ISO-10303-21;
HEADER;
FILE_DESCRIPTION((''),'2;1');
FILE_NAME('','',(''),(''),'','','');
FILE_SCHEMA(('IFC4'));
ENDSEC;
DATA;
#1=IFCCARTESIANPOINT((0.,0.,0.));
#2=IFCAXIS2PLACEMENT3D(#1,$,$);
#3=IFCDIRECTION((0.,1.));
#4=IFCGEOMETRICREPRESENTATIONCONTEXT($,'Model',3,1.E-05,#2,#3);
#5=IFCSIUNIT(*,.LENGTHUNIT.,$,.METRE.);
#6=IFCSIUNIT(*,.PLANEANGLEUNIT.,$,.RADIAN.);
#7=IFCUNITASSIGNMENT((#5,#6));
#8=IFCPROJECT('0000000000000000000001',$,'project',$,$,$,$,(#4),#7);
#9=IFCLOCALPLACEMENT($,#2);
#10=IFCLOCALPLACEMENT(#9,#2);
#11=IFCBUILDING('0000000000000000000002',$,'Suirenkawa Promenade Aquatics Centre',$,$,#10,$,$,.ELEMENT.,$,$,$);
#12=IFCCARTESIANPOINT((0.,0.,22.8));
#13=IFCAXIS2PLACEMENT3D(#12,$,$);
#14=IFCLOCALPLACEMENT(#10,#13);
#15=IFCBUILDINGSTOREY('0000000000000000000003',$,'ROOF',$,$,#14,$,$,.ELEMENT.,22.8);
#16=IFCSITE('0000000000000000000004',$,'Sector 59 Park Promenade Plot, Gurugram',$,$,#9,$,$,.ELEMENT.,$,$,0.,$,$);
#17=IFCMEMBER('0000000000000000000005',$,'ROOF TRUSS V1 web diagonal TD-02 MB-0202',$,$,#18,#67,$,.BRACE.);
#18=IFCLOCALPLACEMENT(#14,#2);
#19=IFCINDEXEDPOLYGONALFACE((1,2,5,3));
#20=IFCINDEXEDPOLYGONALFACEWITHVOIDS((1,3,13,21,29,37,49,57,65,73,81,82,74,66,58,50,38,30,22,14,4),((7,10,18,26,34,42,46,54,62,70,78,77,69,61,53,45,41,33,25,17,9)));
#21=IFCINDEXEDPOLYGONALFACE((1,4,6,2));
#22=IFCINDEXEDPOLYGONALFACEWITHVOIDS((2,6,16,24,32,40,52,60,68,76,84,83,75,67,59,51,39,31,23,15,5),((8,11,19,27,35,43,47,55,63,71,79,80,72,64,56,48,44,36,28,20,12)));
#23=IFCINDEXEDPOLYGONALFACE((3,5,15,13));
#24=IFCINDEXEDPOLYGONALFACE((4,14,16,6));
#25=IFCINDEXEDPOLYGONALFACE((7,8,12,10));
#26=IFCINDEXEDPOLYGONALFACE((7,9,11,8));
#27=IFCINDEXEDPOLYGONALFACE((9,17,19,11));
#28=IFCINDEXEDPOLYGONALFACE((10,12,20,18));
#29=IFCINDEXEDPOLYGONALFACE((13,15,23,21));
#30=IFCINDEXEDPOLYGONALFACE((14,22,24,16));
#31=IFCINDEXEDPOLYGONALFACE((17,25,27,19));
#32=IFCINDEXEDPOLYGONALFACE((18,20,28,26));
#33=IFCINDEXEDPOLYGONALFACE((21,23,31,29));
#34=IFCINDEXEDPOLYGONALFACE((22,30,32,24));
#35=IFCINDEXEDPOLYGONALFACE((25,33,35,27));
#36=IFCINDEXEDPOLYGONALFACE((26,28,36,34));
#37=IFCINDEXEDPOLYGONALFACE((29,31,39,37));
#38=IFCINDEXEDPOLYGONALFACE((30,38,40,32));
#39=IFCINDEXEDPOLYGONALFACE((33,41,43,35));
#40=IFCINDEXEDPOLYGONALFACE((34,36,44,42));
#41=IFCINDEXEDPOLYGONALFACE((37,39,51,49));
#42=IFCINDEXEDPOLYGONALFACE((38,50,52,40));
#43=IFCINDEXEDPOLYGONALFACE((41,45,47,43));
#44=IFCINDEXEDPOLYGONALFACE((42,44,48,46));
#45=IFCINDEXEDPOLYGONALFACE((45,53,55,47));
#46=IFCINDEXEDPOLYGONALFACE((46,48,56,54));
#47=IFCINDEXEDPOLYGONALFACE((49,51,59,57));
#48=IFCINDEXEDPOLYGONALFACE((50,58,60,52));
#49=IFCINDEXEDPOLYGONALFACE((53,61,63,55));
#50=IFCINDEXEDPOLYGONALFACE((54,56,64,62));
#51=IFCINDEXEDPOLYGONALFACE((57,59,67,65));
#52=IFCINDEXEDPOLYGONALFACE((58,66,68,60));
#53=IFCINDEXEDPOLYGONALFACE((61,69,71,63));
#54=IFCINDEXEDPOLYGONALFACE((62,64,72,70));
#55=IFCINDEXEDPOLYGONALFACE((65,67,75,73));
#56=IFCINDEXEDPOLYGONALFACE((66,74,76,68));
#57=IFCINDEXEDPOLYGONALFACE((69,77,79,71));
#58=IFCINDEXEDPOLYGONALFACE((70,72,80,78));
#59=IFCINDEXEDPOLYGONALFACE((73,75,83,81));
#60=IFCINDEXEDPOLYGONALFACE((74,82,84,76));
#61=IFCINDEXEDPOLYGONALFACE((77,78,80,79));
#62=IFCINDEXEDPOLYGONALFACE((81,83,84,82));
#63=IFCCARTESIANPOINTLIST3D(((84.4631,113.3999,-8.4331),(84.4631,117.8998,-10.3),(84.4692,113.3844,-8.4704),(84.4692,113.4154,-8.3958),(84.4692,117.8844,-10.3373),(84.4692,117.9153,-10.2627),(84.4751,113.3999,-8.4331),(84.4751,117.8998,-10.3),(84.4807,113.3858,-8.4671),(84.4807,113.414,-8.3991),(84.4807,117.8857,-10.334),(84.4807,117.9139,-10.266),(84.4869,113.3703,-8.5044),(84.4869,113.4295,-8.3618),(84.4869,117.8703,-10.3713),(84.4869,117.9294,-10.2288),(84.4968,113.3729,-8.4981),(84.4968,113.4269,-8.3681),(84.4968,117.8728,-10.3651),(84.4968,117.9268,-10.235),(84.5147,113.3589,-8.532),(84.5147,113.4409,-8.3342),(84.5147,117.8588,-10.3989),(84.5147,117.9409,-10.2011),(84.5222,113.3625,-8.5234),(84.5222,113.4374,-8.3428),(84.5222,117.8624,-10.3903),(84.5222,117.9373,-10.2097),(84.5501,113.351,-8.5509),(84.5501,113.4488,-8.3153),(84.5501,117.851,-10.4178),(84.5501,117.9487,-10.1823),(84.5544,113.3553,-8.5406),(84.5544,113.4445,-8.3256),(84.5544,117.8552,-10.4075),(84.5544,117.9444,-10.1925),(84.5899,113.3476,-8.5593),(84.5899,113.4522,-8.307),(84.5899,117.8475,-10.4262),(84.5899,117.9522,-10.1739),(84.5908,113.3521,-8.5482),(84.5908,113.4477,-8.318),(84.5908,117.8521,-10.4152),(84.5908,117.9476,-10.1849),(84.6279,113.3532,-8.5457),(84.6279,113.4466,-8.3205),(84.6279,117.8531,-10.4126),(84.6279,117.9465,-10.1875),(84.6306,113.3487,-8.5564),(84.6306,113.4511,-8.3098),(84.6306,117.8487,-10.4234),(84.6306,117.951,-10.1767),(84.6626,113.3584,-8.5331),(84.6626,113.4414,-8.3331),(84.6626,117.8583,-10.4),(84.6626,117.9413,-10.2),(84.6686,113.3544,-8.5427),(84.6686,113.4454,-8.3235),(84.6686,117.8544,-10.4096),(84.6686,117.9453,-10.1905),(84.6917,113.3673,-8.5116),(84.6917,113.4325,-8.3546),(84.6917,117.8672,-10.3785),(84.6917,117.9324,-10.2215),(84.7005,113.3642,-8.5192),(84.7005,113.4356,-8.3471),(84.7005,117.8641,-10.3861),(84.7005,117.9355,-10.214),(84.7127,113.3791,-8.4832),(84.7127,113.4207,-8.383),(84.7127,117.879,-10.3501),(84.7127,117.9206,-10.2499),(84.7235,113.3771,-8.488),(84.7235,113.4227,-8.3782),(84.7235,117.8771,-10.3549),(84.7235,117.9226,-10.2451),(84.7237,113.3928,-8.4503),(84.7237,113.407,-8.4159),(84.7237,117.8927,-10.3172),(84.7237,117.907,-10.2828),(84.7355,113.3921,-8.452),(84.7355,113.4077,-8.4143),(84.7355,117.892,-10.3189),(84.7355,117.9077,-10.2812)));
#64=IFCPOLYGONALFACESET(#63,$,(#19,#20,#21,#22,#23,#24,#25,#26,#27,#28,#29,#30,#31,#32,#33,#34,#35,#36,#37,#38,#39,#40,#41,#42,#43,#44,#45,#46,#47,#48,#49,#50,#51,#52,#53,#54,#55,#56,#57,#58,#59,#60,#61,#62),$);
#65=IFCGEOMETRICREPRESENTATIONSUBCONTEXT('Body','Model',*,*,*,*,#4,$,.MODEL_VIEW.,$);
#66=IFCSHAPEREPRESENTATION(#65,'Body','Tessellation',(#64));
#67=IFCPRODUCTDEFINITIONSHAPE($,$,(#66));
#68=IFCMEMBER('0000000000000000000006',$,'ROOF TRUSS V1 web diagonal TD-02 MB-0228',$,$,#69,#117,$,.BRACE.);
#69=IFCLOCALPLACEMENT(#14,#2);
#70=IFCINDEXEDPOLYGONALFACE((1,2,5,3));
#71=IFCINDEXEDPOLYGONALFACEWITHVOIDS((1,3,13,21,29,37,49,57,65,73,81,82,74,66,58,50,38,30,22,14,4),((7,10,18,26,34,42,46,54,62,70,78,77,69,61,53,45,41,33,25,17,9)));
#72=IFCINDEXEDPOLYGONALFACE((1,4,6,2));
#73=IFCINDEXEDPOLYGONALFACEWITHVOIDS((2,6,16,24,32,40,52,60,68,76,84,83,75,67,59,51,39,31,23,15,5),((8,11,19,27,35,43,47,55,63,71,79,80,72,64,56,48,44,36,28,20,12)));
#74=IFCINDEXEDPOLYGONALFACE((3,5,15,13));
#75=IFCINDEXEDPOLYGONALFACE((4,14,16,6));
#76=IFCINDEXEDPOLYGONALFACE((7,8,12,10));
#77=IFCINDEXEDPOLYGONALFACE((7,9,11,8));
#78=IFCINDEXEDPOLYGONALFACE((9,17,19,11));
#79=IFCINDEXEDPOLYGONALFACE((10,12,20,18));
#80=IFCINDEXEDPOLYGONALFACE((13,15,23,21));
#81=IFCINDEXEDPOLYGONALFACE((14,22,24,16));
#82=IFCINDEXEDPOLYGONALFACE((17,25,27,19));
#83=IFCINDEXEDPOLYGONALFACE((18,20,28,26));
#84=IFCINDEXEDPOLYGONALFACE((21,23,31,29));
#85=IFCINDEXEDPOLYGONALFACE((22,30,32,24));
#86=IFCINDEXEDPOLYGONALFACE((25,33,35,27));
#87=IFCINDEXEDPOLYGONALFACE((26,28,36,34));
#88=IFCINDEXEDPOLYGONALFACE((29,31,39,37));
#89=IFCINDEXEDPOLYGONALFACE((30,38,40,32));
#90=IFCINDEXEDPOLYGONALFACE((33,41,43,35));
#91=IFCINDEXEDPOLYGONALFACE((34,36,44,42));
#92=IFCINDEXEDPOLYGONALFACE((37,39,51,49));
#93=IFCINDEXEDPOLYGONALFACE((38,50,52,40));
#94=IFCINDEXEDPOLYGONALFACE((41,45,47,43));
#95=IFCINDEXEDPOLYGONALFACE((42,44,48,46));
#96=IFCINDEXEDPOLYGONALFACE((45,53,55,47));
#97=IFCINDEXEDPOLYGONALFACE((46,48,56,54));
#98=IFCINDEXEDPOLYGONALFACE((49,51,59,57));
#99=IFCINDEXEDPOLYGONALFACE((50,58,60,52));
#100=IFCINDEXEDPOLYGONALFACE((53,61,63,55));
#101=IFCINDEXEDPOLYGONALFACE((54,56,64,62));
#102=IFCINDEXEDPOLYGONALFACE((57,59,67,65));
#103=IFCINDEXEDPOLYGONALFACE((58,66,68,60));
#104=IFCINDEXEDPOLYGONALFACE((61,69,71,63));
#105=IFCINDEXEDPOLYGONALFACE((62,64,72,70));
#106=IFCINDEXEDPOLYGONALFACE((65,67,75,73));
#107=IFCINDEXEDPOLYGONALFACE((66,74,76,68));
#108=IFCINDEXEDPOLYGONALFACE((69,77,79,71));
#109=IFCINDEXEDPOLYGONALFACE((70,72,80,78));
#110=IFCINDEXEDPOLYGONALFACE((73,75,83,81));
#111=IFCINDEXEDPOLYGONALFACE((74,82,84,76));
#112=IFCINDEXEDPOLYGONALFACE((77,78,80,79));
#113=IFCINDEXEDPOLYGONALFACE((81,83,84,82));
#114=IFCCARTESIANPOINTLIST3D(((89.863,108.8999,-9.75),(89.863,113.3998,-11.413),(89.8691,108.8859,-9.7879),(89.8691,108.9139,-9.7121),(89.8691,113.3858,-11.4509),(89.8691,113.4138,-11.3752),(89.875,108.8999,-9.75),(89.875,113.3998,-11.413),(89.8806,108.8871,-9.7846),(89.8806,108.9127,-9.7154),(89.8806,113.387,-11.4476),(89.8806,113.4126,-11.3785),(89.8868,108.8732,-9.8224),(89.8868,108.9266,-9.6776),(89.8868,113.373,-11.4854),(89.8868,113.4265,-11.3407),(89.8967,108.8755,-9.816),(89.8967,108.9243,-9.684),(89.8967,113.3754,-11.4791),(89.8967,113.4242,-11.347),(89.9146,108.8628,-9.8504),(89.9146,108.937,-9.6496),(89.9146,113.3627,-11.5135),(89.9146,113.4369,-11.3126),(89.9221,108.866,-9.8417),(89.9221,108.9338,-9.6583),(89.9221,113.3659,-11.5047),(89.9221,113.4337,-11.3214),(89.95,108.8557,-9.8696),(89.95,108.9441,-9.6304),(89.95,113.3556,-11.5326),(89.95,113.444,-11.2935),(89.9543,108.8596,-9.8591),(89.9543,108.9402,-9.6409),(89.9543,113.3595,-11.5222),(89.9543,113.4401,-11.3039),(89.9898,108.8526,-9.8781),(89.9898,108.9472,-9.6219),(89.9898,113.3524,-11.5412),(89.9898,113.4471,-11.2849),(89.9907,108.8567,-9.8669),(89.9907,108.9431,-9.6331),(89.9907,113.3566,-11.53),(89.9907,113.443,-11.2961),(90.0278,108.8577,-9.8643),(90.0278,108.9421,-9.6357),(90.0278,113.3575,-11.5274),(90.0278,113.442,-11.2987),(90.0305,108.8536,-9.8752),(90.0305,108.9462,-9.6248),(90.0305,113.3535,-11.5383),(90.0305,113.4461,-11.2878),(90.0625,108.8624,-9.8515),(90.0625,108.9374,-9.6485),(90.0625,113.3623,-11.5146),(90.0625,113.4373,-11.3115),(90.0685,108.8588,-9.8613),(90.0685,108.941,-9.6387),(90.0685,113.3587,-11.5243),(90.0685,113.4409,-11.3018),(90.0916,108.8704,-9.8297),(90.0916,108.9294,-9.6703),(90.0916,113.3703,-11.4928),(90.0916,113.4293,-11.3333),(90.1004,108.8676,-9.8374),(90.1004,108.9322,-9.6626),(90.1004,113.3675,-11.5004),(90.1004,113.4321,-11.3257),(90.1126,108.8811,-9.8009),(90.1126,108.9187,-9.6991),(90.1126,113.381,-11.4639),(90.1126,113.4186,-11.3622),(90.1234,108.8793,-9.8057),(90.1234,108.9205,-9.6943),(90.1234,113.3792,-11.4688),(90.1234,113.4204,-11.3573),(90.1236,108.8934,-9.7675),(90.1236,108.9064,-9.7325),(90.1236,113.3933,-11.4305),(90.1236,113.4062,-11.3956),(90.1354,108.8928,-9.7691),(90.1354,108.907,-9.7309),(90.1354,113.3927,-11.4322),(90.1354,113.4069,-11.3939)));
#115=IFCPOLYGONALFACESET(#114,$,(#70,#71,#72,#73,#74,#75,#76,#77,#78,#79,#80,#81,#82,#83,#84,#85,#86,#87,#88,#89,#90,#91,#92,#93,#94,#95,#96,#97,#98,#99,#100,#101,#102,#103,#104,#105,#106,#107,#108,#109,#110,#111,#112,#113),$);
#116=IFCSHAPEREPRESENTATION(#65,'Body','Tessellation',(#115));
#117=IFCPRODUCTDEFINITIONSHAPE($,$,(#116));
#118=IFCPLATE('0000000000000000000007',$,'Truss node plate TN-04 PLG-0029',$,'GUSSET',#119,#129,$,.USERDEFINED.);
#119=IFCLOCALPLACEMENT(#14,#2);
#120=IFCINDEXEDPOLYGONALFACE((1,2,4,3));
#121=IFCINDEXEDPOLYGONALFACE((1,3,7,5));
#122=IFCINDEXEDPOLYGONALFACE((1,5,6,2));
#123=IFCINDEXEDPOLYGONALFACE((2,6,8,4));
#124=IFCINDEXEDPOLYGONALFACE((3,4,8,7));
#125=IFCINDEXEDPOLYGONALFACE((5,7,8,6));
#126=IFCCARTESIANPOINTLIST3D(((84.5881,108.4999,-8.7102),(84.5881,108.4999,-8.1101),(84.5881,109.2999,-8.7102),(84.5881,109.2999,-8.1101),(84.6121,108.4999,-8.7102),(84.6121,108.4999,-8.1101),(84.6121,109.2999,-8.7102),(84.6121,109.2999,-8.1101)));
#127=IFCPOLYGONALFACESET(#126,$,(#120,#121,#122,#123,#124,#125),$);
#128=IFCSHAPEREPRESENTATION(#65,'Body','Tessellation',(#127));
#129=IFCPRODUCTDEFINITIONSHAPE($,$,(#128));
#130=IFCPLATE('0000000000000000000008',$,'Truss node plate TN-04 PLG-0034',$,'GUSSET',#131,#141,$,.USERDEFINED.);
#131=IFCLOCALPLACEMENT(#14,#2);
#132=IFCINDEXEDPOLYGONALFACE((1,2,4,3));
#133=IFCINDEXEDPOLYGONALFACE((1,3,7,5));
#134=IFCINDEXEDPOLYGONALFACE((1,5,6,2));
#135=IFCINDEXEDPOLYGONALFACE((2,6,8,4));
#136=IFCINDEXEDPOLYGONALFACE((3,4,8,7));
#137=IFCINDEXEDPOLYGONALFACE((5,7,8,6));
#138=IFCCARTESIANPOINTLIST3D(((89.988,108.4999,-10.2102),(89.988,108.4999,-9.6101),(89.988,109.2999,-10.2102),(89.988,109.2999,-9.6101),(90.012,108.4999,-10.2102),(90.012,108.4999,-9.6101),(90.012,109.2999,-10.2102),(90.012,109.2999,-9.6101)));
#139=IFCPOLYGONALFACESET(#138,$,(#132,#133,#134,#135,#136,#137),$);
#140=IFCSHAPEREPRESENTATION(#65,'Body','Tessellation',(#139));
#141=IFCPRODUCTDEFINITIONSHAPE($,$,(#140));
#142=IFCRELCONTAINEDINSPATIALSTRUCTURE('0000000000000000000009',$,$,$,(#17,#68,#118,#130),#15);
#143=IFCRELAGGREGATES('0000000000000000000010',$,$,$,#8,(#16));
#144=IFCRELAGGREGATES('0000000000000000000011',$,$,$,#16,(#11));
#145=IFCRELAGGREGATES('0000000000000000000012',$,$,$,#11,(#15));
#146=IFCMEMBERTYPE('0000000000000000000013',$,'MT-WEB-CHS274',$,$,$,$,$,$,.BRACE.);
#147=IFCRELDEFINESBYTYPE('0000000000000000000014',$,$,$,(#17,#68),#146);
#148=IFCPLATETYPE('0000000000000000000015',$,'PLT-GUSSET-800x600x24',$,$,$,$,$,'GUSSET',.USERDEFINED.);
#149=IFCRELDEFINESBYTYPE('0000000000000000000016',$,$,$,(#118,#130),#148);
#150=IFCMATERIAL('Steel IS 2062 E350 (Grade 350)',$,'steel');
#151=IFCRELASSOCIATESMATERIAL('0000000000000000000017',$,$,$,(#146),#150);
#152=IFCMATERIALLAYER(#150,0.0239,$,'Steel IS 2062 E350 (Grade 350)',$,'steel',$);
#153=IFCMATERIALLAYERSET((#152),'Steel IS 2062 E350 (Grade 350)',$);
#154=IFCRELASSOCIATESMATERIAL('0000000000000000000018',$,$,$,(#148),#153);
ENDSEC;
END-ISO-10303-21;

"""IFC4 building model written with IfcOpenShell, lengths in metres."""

from ifc_helpers import new_model, si_unit, direction, frame, origin, origin_2d, place, context, subcontext, project, spatial, rectangle, hollow_circle, extrude, material, layer, layer_set, material_profile, profile_set, type_object, element, save


model = new_model("IFC4")

# Units and contexts
model_context = context("Model", 3, precision=1e-05, world=origin(), true_north=direction((0.0, 1.0)))
body_context = subcontext(model_context, "Body", "Model", "MODEL_VIEW")
ifc_project = project(units=[si_unit("LENGTHUNIT", "METRE"), si_unit("PLANEANGLEUNIT", "RADIAN")], contexts=[model_context])

# Site, building, storey
site_placement = place(None, origin())
site = spatial("IfcSite", under=ifc_project, at=site_placement, Name="Sector 59 Park Promenade Plot, Gurugram", CompositionType="ELEMENT", RefElevation=0.0)
building_placement = place(site_placement, origin())
building = spatial("IfcBuilding", under=site, at=building_placement, Name="Suirenkawa Promenade Aquatics Centre", CompositionType="ELEMENT")
storey_placement = place(building_placement, frame((0.0, 0.0, 22.8)))
storey = spatial("IfcBuildingStorey", under=building, at=storey_placement, Name="ROOF", CompositionType="ELEMENT", Elevation=22.8)

# Shared definitions
ifc_material = material(Name="Steel IS 2062 E350 (Grade 350)", Category="steel")

# Members
ifc_material_profile_1 = material_profile(ifc_material, hollow_circle(Radius=0.137, WallThickness=0.012, at=origin_2d()), Name="CHS 274x12", Category="steel")
ifc_profile_set_1 = profile_set([ifc_material_profile_1], Name="Steel IS 2062 E350 (Grade 350)")
member_type_1 = type_object("IfcMemberType", Name="MT-WEB-CHS274", PredefinedType="BRACE", material=ifc_profile_set_1)
member_1_placement = place(storey_placement, frame((84.6001, 113.3999, -8.4331), z_axis=(0.0, 0.923663, -0.383206), x_axis=(-1.0, 0.0, 0.0)))
element("IfcMember", 1, at=member_1_placement, inside=storey, type_object=member_type_1, Name="ROOF TRUSS V1 web diagonal TD-02 MB-0202", PredefinedType="BRACE", context=body_context, shape_type="SweptSolid", body=[
    extrude(hollow_circle(Radius=0.137, WallThickness=0.012, at=origin_2d()), origin(), (0.0, 0.0, 1.0), 4.8718),
])
member_2_placement = place(storey_placement, frame((90.0, 108.8999, -9.75), z_axis=(0.0, 0.937992, -0.346658), x_axis=(-1.0, 0.0, 0.0)))
element("IfcMember", 2, at=member_2_placement, inside=storey, type_object=member_type_1, Name="ROOF TRUSS V1 web diagonal TD-02 MB-0228", PredefinedType="BRACE", context=body_context, shape_type="SweptSolid", body=[
    extrude(hollow_circle(Radius=0.137, WallThickness=0.012, at=origin_2d()), origin(), (0.0, 0.0, 1.0), 4.7974),
])

# Plates
ifc_layer = layer(ifc_material, 0.0239, Name="Steel IS 2062 E350 (Grade 350)", Category="steel")
ifc_layer_set = layer_set([ifc_layer], Name="Steel IS 2062 E350 (Grade 350)")
plate_type = type_object("IfcPlateType", Name="PLT-GUSSET-800x600x24", ElementType="GUSSET", PredefinedType="USERDEFINED", material=ifc_layer_set)
for number, where, z_axis, x_axis, name in (
    (3, (84.6001, 108.8999, -8.7102), (0.0, 0.0, 1.0), (0.0, 1.0, 0.0), "Truss node plate TN-04 PLG-0029"),
    (4, (90.0, 108.8999, -10.2102), (0.0, 0.0, 1.0), (0.0, 1.0, 0.0), "Truss node plate TN-04 PLG-0034"),
):
    element("IfcPlate", number, at=place(storey_placement, frame(where, z_axis=z_axis, x_axis=x_axis)), inside=storey, type_object=plate_type, Name=name, ObjectType="GUSSET", PredefinedType="USERDEFINED", context=body_context, shape_type="SweptSolid", body=[
        extrude(rectangle(XDim=0.8, YDim=0.0239, at=origin_2d()), origin(), (0.0, 0.0, 1.0), 0.6001),
    ])

save(model, "model.ifc")
